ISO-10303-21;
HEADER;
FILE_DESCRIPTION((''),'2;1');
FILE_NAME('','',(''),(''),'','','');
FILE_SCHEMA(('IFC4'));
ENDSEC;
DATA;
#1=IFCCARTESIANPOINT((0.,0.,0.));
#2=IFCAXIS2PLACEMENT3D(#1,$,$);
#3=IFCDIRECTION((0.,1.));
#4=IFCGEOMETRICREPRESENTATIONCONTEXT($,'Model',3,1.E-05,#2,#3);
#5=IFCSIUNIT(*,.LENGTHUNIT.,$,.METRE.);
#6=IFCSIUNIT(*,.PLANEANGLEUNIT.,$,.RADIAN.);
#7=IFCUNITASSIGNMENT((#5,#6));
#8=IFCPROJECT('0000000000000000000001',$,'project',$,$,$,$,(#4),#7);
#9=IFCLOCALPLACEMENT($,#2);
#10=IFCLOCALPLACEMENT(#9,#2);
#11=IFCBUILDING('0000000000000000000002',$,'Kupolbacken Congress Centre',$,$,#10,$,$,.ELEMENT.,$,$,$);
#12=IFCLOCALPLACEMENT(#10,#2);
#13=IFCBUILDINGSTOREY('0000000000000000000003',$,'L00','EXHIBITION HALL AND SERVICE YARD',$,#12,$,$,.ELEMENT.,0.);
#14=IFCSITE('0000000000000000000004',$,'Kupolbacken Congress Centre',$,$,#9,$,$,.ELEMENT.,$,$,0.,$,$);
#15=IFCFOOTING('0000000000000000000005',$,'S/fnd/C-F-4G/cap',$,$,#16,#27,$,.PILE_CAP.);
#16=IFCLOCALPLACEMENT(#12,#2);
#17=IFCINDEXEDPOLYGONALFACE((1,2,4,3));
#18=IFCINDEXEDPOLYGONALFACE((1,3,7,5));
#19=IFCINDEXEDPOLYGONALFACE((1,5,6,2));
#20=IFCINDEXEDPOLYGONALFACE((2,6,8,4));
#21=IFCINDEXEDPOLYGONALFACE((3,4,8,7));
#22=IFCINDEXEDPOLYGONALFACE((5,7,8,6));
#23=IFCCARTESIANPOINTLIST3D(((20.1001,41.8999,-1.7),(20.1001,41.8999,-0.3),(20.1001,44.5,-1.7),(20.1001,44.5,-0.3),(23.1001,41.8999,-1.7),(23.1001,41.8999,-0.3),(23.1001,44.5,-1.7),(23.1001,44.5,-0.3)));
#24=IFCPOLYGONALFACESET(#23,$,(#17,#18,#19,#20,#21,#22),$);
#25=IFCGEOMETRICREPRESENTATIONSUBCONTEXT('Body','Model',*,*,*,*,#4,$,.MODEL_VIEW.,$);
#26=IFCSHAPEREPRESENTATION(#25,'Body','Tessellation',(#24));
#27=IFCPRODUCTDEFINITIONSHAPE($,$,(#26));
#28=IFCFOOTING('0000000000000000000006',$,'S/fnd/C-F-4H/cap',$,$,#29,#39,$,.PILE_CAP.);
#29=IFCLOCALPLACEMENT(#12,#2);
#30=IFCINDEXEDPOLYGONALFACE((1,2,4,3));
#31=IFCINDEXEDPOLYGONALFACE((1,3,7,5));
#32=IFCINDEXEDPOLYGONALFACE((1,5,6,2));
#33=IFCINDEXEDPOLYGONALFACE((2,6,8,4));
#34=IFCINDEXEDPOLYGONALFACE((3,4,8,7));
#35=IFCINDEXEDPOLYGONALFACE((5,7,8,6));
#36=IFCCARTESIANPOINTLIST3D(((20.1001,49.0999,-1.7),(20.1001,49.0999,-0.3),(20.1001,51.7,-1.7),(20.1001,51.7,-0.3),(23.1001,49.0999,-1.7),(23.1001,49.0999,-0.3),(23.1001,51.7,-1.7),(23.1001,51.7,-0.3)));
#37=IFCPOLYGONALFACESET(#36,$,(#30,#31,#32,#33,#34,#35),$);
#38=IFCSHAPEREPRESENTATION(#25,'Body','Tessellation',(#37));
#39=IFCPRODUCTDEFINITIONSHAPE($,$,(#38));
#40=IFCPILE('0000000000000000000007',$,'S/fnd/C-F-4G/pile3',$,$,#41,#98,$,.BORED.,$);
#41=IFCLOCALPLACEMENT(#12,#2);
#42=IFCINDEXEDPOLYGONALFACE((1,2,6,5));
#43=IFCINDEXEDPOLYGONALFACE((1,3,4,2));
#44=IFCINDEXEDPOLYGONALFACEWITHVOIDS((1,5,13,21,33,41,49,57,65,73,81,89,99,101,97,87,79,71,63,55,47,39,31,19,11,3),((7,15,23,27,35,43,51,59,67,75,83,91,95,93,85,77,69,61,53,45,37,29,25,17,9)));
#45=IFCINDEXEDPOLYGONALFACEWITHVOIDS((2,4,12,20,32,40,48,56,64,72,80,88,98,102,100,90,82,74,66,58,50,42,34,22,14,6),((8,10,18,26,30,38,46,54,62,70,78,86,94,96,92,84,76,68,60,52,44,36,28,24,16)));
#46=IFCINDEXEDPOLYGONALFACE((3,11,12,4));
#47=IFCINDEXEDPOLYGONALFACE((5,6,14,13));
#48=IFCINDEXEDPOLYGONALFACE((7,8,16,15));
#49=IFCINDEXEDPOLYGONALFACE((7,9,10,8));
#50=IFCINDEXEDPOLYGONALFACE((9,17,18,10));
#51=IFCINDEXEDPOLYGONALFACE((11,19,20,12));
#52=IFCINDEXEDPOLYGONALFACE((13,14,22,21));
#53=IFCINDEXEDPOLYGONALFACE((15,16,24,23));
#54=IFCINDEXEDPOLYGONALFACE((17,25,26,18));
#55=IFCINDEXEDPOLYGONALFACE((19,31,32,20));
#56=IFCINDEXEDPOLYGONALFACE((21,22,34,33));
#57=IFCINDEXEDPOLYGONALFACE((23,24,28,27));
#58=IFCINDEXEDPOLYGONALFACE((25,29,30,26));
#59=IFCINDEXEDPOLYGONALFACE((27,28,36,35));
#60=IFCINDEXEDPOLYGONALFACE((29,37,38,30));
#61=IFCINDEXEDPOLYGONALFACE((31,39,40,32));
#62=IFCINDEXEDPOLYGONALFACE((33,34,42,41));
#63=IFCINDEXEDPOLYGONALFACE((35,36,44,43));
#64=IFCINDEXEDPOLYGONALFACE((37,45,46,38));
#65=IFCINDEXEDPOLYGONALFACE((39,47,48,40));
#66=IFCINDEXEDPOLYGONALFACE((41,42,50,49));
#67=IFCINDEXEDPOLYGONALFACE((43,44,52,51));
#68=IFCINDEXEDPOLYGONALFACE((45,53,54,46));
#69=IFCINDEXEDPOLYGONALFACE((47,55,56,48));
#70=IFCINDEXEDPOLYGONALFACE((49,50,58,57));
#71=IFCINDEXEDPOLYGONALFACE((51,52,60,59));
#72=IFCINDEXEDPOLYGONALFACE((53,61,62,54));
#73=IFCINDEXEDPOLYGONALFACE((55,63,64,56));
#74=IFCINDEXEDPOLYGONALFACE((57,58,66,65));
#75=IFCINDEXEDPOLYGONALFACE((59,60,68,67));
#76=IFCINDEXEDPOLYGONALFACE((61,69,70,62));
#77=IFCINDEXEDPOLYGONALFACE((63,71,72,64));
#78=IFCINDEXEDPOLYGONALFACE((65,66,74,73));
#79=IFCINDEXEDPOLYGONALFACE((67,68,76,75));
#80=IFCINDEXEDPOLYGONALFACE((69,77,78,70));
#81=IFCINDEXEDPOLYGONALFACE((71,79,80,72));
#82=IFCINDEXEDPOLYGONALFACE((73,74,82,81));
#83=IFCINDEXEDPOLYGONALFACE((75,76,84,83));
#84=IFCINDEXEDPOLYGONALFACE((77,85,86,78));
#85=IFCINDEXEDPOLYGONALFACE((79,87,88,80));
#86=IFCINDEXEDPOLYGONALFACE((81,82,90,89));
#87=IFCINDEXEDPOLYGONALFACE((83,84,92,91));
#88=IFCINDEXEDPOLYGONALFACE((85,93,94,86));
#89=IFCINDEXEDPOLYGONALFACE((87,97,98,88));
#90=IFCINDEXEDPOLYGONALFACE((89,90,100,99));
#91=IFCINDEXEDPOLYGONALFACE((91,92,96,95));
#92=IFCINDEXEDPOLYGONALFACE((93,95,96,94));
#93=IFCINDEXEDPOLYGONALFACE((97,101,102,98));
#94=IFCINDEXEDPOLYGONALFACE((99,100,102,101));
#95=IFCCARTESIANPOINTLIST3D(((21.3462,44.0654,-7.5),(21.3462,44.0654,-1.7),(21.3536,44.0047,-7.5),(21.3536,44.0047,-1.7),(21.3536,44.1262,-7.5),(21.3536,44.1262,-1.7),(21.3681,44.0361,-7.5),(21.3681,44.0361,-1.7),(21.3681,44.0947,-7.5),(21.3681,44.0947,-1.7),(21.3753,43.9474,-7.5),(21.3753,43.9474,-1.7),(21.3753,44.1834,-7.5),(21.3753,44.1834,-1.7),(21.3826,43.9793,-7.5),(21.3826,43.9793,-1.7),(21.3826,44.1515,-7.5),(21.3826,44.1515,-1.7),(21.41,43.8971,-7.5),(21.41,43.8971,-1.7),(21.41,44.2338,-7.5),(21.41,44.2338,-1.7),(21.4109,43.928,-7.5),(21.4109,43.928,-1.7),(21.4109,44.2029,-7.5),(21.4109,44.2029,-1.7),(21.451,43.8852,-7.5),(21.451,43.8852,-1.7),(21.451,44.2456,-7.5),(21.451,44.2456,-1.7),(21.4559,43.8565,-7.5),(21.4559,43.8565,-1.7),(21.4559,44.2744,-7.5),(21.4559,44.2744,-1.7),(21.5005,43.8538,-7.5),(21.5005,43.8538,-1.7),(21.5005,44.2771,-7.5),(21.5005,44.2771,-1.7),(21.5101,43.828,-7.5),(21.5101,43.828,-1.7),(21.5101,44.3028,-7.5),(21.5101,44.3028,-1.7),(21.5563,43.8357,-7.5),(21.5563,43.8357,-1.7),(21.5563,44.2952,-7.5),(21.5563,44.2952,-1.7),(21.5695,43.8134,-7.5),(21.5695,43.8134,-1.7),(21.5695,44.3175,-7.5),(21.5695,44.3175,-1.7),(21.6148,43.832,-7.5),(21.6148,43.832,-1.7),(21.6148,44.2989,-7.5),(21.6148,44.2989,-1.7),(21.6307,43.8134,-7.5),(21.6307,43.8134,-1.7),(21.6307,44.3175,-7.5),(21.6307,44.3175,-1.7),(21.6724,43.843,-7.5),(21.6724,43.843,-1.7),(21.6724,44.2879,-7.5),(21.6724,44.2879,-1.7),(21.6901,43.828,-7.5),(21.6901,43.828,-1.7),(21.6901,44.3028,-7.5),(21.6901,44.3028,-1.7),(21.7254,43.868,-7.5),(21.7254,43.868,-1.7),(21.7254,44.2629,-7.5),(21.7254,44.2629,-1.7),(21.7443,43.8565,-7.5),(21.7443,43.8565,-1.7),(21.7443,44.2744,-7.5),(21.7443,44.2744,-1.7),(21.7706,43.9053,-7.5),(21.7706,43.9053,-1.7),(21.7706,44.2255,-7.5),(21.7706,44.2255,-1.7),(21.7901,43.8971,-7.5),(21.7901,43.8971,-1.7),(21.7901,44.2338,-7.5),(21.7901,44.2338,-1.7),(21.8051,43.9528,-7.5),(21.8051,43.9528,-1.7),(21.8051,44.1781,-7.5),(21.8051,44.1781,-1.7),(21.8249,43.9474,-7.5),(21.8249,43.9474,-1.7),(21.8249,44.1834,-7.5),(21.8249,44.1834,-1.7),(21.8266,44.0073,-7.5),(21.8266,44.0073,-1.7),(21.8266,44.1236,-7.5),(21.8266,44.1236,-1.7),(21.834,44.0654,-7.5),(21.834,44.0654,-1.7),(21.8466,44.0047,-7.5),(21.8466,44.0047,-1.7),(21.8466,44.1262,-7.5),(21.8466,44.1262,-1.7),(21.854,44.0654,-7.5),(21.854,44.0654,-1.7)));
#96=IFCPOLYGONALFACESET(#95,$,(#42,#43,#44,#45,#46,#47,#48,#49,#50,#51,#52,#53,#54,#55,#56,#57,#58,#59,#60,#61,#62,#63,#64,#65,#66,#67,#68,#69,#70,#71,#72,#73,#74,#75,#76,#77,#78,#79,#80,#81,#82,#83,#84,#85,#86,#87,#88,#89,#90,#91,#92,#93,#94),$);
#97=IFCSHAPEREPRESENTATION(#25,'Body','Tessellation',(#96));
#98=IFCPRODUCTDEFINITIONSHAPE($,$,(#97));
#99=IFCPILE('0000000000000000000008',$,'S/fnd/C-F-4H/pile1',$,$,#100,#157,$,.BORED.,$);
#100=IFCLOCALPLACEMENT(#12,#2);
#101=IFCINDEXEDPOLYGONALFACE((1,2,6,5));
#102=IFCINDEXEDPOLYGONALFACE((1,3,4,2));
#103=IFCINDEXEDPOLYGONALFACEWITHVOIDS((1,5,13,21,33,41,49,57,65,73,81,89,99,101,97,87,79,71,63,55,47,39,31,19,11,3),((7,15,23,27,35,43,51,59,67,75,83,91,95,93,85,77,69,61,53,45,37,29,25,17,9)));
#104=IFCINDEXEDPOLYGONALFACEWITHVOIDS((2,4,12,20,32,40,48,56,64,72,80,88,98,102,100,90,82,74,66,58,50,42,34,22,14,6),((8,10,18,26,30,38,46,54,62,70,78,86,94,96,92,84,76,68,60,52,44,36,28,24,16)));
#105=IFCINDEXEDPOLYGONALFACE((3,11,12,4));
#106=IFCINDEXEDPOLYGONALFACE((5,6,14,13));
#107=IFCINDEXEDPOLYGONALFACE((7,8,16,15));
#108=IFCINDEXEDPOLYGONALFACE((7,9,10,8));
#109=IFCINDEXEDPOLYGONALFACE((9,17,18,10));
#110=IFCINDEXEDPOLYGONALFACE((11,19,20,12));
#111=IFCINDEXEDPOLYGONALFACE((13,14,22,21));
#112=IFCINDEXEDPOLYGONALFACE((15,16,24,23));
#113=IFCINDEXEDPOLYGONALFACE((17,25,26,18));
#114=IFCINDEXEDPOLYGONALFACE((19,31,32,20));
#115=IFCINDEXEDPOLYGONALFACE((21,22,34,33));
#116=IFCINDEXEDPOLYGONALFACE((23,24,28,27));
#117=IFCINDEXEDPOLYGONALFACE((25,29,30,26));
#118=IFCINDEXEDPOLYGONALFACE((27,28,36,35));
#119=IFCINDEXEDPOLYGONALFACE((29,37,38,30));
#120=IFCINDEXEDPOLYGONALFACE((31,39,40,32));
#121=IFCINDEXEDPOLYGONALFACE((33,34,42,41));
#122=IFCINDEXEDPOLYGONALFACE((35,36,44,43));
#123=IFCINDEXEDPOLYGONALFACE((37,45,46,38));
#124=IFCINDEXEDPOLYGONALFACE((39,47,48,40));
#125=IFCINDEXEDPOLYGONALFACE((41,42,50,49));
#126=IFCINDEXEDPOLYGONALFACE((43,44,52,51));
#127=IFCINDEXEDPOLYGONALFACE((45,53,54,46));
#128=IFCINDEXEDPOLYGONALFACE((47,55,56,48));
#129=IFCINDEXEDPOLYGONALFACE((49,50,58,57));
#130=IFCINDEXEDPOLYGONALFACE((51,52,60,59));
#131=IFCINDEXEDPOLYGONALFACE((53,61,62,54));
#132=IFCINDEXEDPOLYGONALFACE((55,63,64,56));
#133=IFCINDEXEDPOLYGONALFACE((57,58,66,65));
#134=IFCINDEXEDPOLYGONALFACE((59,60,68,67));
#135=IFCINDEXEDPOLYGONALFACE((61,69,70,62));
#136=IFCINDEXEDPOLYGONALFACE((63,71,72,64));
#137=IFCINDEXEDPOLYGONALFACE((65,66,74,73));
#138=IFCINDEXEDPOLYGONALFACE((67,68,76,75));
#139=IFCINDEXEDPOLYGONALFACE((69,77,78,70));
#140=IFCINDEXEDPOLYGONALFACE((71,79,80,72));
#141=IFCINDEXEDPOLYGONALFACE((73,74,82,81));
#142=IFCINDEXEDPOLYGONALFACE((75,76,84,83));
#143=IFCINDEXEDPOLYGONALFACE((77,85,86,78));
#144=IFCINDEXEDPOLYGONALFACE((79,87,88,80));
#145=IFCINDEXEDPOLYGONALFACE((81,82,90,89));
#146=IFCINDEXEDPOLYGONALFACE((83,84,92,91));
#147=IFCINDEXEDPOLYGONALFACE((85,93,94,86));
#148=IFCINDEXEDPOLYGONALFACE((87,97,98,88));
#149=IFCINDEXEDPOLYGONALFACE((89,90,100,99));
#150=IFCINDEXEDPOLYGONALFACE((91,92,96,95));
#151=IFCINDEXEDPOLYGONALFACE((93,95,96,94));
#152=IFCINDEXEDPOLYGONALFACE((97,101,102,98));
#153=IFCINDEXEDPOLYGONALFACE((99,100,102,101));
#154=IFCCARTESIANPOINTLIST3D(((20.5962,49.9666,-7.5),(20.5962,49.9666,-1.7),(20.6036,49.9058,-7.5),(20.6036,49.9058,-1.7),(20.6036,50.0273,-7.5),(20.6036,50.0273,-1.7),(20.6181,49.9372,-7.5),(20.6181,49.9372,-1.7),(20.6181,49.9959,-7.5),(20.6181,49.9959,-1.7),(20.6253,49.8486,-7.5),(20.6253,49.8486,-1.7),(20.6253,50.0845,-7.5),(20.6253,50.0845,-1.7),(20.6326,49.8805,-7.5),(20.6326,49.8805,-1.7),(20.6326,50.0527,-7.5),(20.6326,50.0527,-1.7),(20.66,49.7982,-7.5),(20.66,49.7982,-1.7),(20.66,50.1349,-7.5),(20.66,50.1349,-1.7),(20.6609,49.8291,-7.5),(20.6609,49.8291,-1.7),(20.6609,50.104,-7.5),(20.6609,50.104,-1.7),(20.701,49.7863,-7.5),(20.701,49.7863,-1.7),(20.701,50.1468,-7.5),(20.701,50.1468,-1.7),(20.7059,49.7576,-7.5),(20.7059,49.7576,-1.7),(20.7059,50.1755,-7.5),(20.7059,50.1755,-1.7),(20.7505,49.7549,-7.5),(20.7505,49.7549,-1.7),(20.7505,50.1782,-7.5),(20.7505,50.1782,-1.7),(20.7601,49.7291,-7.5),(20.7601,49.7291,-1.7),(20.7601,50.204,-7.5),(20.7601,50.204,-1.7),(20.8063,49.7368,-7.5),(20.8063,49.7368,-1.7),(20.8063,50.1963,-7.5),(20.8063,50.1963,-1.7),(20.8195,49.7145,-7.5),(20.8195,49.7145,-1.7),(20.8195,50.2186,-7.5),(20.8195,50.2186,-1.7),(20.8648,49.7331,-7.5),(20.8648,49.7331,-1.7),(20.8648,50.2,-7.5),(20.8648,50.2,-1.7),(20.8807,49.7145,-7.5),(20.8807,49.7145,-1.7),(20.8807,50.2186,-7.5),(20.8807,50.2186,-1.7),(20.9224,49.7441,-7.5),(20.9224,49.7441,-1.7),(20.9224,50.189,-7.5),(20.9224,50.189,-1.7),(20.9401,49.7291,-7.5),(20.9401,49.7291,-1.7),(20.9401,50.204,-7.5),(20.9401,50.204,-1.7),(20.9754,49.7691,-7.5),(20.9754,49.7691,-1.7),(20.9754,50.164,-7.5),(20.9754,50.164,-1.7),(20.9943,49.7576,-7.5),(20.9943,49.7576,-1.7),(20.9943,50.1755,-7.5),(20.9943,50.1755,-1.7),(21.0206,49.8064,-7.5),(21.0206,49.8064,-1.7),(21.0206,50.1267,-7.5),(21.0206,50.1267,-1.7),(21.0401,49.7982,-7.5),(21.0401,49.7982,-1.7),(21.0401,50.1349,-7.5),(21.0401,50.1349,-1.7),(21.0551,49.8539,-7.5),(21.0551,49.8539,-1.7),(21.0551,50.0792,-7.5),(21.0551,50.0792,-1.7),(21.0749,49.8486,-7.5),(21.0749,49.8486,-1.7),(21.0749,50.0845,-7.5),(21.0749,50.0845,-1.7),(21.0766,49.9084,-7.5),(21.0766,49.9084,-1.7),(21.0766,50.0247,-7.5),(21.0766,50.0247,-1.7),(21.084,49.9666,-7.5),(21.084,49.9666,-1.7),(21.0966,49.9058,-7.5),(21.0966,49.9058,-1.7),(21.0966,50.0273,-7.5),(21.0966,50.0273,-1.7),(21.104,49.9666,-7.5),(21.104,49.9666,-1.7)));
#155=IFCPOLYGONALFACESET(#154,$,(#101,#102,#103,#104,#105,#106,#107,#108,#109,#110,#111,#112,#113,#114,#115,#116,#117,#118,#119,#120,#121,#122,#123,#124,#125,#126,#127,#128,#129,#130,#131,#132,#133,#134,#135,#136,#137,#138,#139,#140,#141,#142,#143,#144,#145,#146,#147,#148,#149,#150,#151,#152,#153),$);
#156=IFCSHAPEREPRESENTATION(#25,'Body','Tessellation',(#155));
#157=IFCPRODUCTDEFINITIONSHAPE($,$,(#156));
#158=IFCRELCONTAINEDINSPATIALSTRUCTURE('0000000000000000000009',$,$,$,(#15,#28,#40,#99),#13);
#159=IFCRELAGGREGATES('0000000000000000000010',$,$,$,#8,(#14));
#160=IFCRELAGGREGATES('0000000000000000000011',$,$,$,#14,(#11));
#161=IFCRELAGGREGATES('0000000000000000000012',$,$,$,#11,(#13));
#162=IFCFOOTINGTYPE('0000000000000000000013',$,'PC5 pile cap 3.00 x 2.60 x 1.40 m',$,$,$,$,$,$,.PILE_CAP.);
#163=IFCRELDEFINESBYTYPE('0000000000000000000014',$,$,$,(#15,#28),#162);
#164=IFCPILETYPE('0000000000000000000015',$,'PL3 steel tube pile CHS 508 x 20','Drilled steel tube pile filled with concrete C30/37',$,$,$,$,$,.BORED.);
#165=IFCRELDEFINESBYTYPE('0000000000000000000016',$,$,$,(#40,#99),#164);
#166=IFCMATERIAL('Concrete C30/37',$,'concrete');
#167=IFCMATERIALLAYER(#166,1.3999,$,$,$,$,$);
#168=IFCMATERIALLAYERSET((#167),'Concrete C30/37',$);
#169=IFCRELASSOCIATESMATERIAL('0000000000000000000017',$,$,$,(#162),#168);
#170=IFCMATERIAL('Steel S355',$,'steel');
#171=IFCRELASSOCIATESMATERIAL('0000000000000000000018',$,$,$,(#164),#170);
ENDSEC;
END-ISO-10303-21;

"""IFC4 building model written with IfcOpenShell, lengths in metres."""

from ifc_helpers import new_model, si_unit, direction, frame, origin, origin_2d, place, context, subcontext, project, spatial, rectangle, hollow_circle, extrude, material, layer, layer_set, material_profile, profile_set, type_object, element, save


model = new_model("IFC4")

# Units and contexts
model_context = context("Model", 3, precision=1e-05, world=origin(), true_north=direction((0.0, 1.0)))
body_context = subcontext(model_context, "Body", "Model", "MODEL_VIEW")
ifc_project = project(units=[si_unit("LENGTHUNIT", "METRE"), si_unit("PLANEANGLEUNIT", "RADIAN")], contexts=[model_context])

# Site, building, storey
site_placement = place(None, origin())
site = spatial("IfcSite", under=ifc_project, at=site_placement, Name="Kupolbacken Congress Centre", CompositionType="ELEMENT", RefElevation=0.0)
building_placement = place(site_placement, origin())
building = spatial("IfcBuilding", under=site, at=building_placement, Name="Kupolbacken Congress Centre", CompositionType="ELEMENT")
storey_placement = place(building_placement, origin())
storey = spatial("IfcBuildingStorey", under=building, at=storey_placement, Name="L00", Description="EXHIBITION HALL AND SERVICE YARD", CompositionType="ELEMENT", Elevation=0.0)

# Footings
ifc_material_1 = material(Name="Concrete C30/37", Category="concrete")
ifc_layer_1 = layer(ifc_material_1, 1.3999)
ifc_layer_set_1 = layer_set([ifc_layer_1], Name="Concrete C30/37")
footing_type_1 = type_object("IfcFootingType", Name="PC5 pile cap 3.00 x 2.60 x 1.40 m", PredefinedType="PILE_CAP", material=ifc_layer_set_1)
for number, where, z_axis, x_axis, name in (
    (1, (21.6001, 43.2, -1.7), (0.0, 0.0, 1.0), (1.0, 0.0, 0.0), "S/fnd/C-F-4G/cap"),
    (2, (21.6001, 50.3999, -1.7), (0.0, 0.0, 1.0), (1.0, 0.0, 0.0), "S/fnd/C-F-4H/cap"),
):
    element("IfcFooting", number, at=place(storey_placement, frame(where, z_axis=z_axis, x_axis=x_axis)), inside=storey, type_object=footing_type_1, Name=name, PredefinedType="PILE_CAP", context=body_context, shape_type="SweptSolid", body=[
        extrude(rectangle(XDim=3.0, YDim=2.6001, at=origin_2d()), origin(), (0.0, 0.0, 1.0), 1.3999),
    ])

# Piles
ifc_material_2 = material(Name="Steel S355", Category="steel")
ifc_material_profile_1 = material_profile(ifc_material_2, hollow_circle(Radius=0.2539, WallThickness=0.02, at=origin_2d()), Name="CHS 508 x 20")
ifc_profile_set_1 = profile_set([ifc_material_profile_1], Name="Steel S355")
pile_type = type_object("IfcPileType", Name="PL3 steel tube pile CHS 508 x 20", Description="Drilled steel tube pile filled with concrete C30/37", PredefinedType="BORED", material=ifc_profile_set_1)
for number, where, z_axis, x_axis, name in (
    (3, (21.6001, 44.0654, -1.7), (0.0, 0.0, -1.0), (1.0, 0.0, 0.0), "S/fnd/C-F-4G/pile3"),
    (4, (20.8501, 49.9666, -1.7), (0.0, 0.0, -1.0), (1.0, 0.0, 0.0), "S/fnd/C-F-4H/pile1"),
):
    element("IfcPile", number, at=place(storey_placement, frame(where, z_axis=z_axis, x_axis=x_axis)), inside=storey, type_object=pile_type, Name=name, PredefinedType="BORED", context=body_context, shape_type="SweptSolid", body=[
        extrude(hollow_circle(Radius=0.2539, WallThickness=0.02, at=origin_2d()), origin(), (0.0, 0.0, 1.0), 5.8),
    ])

save(model, "model.ifc")
